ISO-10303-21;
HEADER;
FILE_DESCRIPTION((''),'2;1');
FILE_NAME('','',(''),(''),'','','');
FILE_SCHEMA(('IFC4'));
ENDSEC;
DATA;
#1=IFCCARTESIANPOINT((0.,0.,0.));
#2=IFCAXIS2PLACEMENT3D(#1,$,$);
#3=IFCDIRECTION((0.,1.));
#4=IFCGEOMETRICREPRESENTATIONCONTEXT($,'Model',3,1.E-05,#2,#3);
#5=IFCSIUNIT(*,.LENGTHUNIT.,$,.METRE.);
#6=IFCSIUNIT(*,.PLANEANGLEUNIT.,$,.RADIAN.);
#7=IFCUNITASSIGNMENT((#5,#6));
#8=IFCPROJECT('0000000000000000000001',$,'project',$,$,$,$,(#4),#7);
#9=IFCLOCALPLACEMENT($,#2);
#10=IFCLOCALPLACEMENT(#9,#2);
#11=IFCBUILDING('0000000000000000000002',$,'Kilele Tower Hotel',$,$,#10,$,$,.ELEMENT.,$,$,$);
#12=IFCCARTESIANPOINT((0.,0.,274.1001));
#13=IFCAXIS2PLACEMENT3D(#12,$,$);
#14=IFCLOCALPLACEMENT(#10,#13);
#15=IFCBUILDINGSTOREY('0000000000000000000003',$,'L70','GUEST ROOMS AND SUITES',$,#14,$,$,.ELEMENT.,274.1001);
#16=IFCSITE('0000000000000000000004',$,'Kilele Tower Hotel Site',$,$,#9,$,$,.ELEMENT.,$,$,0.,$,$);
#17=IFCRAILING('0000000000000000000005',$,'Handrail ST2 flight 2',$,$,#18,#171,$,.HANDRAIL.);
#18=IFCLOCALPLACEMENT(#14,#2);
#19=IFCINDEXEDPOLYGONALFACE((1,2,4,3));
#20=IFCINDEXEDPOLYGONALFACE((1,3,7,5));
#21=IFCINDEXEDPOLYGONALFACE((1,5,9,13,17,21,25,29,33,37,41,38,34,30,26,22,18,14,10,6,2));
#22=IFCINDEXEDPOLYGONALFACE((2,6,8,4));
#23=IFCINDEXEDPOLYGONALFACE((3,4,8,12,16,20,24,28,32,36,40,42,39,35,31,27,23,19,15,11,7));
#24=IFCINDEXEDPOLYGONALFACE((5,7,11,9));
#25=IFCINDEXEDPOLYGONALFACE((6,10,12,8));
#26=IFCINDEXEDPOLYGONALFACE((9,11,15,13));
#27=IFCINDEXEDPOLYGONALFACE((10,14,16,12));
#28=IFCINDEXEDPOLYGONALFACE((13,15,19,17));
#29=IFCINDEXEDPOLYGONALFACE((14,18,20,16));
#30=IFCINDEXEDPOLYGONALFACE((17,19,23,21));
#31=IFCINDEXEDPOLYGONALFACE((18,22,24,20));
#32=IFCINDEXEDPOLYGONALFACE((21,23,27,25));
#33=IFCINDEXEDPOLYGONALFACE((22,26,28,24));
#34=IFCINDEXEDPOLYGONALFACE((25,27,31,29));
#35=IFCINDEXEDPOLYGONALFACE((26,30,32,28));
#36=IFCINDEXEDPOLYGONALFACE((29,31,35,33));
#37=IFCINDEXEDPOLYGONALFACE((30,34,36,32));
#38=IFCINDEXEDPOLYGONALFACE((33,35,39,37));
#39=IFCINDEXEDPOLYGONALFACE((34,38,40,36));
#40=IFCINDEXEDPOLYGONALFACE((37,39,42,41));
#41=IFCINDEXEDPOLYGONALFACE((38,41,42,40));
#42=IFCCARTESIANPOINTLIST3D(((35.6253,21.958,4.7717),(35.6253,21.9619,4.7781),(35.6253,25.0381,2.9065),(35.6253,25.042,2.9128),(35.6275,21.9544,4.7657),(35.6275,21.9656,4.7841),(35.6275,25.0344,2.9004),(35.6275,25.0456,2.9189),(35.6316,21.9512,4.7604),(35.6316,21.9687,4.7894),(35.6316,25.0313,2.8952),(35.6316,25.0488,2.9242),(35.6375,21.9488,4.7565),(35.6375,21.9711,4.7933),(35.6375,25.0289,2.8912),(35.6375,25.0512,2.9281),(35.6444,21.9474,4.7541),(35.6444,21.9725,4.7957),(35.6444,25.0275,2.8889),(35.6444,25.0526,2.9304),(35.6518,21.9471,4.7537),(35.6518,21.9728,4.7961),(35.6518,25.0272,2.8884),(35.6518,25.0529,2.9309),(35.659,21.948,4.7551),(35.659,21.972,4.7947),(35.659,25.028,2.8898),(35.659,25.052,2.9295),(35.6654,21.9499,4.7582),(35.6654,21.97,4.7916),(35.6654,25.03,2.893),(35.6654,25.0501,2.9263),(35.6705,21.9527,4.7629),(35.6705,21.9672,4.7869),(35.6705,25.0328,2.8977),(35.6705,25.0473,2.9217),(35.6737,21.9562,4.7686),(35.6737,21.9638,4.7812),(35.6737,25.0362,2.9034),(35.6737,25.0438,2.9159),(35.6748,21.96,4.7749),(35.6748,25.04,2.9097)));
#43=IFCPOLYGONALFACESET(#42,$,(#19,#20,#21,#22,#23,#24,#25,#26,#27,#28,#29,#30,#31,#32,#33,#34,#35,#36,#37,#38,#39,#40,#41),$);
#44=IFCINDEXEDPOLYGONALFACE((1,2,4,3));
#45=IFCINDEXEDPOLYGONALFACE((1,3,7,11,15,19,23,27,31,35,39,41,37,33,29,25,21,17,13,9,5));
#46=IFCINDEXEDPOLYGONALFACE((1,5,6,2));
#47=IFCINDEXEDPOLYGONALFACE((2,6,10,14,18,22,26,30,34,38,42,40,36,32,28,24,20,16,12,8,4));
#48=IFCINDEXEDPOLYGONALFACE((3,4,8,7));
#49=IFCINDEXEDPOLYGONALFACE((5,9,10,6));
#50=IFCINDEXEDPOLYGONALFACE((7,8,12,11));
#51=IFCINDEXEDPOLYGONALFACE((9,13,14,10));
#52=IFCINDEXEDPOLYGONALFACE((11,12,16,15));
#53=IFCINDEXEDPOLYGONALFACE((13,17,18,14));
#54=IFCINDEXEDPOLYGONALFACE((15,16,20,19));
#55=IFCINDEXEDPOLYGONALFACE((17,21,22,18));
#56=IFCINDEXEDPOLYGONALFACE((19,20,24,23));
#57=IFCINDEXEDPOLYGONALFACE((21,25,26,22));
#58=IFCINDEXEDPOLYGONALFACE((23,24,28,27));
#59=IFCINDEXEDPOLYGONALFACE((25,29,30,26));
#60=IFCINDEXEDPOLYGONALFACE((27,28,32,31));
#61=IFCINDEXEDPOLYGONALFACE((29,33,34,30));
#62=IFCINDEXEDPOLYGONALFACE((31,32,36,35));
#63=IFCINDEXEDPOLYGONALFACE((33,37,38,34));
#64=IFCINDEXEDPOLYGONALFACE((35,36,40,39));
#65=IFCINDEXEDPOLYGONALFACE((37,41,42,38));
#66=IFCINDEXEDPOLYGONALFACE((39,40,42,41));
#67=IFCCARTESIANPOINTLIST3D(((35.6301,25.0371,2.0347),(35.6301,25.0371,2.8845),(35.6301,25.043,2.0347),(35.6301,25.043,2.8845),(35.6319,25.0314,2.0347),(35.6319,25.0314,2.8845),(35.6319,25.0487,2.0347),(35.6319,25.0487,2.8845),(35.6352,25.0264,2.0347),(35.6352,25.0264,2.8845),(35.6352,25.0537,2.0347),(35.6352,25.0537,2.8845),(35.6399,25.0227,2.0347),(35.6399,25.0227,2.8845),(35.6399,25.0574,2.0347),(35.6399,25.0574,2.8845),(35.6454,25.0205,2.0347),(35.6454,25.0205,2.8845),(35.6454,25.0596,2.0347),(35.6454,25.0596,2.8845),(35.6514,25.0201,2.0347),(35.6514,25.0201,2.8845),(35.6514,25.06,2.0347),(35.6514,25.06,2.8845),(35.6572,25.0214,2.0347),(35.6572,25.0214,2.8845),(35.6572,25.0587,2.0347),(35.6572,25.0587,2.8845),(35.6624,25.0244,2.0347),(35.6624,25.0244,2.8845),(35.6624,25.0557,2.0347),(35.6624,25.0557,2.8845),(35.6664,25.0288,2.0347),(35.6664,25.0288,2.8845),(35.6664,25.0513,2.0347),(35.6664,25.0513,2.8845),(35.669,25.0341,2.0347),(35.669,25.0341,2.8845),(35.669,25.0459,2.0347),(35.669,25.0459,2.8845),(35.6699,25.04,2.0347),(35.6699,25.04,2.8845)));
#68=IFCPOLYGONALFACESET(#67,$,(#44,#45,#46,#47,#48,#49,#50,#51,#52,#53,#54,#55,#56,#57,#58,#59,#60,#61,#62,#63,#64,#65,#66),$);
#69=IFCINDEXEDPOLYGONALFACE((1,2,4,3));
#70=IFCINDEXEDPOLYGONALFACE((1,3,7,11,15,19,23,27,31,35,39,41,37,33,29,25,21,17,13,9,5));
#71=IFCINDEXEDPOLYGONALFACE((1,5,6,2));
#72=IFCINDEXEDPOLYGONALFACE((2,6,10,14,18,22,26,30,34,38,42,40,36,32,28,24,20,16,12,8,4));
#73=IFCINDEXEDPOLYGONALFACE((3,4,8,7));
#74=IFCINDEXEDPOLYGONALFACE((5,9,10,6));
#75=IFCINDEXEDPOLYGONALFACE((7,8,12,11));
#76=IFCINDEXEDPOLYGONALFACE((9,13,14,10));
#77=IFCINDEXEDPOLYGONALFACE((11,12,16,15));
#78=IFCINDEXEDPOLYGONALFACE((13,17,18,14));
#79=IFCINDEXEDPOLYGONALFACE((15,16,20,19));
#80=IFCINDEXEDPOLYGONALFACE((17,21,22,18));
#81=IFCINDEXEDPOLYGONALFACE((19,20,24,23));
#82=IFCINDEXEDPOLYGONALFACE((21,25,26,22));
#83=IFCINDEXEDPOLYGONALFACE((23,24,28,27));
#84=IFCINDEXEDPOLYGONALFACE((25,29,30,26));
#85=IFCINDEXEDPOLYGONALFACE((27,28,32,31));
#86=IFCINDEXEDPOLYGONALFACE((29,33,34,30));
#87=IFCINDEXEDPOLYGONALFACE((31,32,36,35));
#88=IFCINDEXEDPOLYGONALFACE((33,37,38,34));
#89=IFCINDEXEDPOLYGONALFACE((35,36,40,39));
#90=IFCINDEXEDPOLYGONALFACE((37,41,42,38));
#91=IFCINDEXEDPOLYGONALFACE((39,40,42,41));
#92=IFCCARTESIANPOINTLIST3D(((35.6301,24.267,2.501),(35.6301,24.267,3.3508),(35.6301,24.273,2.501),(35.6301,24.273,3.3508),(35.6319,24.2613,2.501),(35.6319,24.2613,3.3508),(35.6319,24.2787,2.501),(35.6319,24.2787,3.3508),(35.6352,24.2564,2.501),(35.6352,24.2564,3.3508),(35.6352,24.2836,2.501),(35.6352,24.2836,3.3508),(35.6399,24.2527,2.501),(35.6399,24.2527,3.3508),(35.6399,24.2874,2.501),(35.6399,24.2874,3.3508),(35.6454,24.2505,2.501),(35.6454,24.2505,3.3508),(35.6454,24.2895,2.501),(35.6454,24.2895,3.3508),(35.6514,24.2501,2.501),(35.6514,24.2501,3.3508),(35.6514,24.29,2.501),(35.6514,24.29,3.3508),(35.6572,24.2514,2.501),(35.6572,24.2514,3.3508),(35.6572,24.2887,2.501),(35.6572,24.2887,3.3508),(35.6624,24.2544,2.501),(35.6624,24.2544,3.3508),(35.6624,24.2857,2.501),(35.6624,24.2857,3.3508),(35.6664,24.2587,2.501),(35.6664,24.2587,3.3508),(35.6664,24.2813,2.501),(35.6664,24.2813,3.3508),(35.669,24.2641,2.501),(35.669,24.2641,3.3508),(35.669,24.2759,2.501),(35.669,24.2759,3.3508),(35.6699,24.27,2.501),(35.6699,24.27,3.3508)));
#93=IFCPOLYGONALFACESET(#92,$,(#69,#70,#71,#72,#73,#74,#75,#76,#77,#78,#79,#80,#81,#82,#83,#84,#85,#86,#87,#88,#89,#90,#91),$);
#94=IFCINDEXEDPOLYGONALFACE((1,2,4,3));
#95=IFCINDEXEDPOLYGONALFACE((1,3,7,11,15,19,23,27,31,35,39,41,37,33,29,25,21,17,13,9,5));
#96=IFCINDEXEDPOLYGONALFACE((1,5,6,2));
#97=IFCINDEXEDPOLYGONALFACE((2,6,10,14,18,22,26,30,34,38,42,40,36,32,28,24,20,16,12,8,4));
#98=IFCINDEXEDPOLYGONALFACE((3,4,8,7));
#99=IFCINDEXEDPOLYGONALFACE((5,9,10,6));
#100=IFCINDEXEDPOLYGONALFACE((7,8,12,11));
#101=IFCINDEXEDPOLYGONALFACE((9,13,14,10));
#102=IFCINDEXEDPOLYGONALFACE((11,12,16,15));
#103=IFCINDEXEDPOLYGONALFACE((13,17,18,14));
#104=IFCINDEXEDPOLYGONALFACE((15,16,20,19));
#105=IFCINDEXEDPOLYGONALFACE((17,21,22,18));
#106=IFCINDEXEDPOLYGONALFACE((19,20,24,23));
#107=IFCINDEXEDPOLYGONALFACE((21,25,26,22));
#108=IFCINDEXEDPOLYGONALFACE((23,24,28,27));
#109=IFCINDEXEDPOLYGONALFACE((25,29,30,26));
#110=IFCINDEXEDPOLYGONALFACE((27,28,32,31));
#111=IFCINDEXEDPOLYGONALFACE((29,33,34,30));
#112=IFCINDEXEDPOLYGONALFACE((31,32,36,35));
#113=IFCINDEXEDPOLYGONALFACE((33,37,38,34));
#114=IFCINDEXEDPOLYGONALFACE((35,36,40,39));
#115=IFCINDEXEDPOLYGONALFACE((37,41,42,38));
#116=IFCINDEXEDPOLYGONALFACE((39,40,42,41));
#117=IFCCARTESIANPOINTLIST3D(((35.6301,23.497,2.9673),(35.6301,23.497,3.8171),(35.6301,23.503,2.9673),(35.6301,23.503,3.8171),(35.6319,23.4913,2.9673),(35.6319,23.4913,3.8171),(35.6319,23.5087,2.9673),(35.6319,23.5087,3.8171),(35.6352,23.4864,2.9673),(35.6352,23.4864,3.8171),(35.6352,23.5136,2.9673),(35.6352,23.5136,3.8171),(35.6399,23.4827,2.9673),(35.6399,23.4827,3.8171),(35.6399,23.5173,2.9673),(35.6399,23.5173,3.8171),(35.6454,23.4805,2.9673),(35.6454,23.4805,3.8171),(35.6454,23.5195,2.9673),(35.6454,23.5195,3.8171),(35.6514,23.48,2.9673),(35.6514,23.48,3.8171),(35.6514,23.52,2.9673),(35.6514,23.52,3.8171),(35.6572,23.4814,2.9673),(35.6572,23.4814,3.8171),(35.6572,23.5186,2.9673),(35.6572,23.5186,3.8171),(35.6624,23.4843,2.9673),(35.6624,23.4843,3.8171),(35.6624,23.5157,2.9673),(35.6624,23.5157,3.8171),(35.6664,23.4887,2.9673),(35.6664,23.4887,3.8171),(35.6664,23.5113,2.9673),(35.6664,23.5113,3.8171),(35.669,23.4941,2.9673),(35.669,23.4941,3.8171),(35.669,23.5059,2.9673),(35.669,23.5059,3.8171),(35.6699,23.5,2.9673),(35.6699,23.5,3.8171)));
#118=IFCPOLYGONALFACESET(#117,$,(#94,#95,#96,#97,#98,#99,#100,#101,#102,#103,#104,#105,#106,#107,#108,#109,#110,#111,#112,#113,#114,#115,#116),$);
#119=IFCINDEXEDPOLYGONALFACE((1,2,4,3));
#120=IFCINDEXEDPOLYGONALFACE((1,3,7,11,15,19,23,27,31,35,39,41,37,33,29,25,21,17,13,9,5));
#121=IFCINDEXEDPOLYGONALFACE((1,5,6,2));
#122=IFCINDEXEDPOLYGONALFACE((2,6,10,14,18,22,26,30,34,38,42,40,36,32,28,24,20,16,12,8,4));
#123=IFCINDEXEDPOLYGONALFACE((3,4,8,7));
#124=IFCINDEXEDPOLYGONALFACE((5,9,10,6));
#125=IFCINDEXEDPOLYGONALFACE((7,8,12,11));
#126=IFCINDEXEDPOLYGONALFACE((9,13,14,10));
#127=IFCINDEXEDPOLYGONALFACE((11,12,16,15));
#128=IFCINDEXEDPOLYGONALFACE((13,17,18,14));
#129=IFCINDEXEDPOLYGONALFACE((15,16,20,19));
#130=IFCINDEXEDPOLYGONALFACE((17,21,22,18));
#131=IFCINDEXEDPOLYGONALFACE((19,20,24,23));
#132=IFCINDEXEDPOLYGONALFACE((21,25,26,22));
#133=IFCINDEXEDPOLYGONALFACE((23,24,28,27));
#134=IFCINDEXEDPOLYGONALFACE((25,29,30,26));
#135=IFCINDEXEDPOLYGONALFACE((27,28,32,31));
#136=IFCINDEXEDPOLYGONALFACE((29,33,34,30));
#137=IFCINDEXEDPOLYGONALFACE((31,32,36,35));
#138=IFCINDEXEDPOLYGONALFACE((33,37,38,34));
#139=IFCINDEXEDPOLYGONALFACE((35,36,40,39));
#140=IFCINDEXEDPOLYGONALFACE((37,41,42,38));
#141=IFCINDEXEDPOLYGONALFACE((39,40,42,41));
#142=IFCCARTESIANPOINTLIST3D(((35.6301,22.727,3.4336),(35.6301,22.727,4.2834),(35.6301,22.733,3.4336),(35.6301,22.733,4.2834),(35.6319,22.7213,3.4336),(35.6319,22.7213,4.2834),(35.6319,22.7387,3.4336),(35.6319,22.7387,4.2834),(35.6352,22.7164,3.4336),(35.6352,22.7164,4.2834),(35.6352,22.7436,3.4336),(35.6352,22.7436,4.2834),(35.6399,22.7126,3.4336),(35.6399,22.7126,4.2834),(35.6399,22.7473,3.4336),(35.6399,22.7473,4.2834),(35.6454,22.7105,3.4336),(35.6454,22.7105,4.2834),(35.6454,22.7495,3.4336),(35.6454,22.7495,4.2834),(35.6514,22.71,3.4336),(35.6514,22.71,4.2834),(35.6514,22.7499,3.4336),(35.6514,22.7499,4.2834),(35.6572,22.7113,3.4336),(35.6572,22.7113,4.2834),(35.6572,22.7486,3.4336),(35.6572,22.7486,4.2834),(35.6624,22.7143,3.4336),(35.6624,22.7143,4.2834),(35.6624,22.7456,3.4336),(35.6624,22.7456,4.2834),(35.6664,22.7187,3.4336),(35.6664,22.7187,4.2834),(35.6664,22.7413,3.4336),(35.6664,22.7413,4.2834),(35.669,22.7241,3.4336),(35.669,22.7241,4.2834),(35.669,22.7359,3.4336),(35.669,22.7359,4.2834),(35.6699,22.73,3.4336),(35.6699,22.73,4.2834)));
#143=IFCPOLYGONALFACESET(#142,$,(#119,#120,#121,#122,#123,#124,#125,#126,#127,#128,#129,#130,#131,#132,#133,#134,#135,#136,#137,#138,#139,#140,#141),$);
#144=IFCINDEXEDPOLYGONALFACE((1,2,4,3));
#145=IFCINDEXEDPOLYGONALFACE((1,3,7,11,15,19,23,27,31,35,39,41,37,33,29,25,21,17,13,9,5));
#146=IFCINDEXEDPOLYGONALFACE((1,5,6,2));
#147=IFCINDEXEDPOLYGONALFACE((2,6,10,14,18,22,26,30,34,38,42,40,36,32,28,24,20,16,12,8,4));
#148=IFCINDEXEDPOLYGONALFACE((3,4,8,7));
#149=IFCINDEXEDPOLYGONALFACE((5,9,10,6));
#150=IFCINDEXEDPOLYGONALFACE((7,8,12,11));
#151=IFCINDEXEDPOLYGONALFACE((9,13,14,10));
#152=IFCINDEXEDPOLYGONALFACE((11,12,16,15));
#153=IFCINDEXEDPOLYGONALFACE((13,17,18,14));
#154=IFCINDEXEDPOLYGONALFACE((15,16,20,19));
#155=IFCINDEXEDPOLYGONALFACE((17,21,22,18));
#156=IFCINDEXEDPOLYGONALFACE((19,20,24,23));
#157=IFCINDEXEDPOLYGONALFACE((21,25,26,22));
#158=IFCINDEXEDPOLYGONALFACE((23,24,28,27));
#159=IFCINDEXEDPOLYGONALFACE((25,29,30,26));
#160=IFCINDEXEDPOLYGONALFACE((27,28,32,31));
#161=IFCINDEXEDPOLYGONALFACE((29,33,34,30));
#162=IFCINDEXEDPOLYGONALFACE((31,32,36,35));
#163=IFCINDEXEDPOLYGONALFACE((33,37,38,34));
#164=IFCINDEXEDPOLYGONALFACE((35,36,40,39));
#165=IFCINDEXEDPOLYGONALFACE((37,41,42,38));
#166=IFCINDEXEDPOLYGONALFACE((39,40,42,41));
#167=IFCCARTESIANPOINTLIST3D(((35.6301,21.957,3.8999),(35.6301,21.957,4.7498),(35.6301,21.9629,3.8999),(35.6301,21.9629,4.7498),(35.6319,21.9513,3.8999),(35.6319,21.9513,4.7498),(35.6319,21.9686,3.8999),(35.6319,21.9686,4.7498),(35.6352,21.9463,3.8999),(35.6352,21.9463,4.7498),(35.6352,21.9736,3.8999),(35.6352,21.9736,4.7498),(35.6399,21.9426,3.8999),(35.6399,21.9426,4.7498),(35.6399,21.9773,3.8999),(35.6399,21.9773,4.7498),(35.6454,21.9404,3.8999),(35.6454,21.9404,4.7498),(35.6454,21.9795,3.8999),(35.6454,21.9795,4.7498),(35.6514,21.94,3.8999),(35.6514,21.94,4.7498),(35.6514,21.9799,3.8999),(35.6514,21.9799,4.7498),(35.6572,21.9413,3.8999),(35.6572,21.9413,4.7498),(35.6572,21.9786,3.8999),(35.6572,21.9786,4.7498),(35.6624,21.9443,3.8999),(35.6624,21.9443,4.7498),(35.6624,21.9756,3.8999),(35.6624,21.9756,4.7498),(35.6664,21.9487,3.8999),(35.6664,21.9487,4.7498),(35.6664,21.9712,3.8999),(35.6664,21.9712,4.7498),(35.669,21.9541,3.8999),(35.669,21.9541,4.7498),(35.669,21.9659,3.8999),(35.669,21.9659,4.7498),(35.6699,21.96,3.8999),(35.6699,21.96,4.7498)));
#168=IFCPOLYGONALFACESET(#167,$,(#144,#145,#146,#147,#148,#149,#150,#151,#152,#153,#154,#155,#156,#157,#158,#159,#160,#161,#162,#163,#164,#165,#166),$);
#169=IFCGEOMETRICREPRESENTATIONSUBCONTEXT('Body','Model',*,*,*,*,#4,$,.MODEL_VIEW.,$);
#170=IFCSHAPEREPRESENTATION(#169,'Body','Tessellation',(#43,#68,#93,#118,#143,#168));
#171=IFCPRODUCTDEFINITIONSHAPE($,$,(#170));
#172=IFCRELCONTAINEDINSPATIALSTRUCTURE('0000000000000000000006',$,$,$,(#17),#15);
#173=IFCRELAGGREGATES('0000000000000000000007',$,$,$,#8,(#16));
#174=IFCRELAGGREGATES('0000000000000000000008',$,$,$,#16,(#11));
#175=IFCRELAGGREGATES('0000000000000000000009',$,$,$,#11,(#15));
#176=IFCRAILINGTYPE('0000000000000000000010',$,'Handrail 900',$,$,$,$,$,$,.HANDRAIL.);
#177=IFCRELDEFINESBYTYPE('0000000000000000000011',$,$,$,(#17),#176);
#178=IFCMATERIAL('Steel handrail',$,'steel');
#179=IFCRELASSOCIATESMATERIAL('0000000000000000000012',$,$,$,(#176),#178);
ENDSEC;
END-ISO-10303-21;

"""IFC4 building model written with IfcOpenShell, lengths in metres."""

from ifc_helpers import new_model, si_unit, direction, frame, origin, origin_2d, place, context, subcontext, project, spatial, circle, extrude, material, type_object, element, save


model = new_model("IFC4")

# Units and contexts
model_context = context("Model", 3, precision=1e-05, world=origin(), true_north=direction((0.0, 1.0)))
body_context = subcontext(model_context, "Body", "Model", "MODEL_VIEW")
ifc_project = project(units=[si_unit("LENGTHUNIT", "METRE"), si_unit("PLANEANGLEUNIT", "RADIAN")], contexts=[model_context])

# Site, building, storey
site_placement = place(None, origin())
site = spatial("IfcSite", under=ifc_project, at=site_placement, Name="Kilele Tower Hotel Site", CompositionType="ELEMENT", RefElevation=0.0)
building_placement = place(site_placement, origin())
building = spatial("IfcBuilding", under=site, at=building_placement, Name="Kilele Tower Hotel", CompositionType="ELEMENT")
storey_placement = place(building_placement, frame((0.0, 0.0, 274.1001)))
storey = spatial("IfcBuildingStorey", under=building, at=storey_placement, Name="L70", Description="GUEST ROOMS AND SUITES", CompositionType="ELEMENT", Elevation=274.1001)

# Railing
ifc_material_1 = material(Name="Steel handrail", Category="steel")
railing_type_1 = type_object("IfcRailingType", Name="Handrail 900", PredefinedType="HANDRAIL", material=ifc_material_1)
for number, where, name in (
    (1, (35.6499, 25.04, 2.0347), "Handrail ST2 flight 2"),
):
    element("IfcRailing", number, at=place(storey_placement, frame(where)), inside=storey, type_object=railing_type_1, Name=name, PredefinedType="HANDRAIL", context=body_context, shape_type="SweptSolid", body=[
        extrude(circle(Radius=0.0249, at=origin_2d()), frame((0.0, 0.0, 0.875), z_axis=(0.0, -0.85538, 0.518001), x_axis=(1.0, 0.0, 0.0)), (0.0, 0.0, 1.0), 3.6008),
        extrude(circle(Radius=0.02, at=origin_2d()), origin(), (0.0, 0.0, 1.0), 0.8499),
        extrude(circle(Radius=0.02, at=origin_2d()), frame((0.0, -0.77, 0.4663)), (0.0, 0.0, 1.0), 0.8499),
        extrude(circle(Radius=0.02, at=origin_2d()), frame((0.0, -1.54, 0.9326)), (0.0, 0.0, 1.0), 0.8499),
        extrude(circle(Radius=0.02, at=origin_2d()), frame((0.0, -2.3101, 1.3989)), (0.0, 0.0, 1.0), 0.8499),
        extrude(circle(Radius=0.02, at=origin_2d()), frame((0.0, -3.0801, 1.8652)), (0.0, 0.0, 1.0), 0.8499),
    ])

save(model, "model.ifc")
